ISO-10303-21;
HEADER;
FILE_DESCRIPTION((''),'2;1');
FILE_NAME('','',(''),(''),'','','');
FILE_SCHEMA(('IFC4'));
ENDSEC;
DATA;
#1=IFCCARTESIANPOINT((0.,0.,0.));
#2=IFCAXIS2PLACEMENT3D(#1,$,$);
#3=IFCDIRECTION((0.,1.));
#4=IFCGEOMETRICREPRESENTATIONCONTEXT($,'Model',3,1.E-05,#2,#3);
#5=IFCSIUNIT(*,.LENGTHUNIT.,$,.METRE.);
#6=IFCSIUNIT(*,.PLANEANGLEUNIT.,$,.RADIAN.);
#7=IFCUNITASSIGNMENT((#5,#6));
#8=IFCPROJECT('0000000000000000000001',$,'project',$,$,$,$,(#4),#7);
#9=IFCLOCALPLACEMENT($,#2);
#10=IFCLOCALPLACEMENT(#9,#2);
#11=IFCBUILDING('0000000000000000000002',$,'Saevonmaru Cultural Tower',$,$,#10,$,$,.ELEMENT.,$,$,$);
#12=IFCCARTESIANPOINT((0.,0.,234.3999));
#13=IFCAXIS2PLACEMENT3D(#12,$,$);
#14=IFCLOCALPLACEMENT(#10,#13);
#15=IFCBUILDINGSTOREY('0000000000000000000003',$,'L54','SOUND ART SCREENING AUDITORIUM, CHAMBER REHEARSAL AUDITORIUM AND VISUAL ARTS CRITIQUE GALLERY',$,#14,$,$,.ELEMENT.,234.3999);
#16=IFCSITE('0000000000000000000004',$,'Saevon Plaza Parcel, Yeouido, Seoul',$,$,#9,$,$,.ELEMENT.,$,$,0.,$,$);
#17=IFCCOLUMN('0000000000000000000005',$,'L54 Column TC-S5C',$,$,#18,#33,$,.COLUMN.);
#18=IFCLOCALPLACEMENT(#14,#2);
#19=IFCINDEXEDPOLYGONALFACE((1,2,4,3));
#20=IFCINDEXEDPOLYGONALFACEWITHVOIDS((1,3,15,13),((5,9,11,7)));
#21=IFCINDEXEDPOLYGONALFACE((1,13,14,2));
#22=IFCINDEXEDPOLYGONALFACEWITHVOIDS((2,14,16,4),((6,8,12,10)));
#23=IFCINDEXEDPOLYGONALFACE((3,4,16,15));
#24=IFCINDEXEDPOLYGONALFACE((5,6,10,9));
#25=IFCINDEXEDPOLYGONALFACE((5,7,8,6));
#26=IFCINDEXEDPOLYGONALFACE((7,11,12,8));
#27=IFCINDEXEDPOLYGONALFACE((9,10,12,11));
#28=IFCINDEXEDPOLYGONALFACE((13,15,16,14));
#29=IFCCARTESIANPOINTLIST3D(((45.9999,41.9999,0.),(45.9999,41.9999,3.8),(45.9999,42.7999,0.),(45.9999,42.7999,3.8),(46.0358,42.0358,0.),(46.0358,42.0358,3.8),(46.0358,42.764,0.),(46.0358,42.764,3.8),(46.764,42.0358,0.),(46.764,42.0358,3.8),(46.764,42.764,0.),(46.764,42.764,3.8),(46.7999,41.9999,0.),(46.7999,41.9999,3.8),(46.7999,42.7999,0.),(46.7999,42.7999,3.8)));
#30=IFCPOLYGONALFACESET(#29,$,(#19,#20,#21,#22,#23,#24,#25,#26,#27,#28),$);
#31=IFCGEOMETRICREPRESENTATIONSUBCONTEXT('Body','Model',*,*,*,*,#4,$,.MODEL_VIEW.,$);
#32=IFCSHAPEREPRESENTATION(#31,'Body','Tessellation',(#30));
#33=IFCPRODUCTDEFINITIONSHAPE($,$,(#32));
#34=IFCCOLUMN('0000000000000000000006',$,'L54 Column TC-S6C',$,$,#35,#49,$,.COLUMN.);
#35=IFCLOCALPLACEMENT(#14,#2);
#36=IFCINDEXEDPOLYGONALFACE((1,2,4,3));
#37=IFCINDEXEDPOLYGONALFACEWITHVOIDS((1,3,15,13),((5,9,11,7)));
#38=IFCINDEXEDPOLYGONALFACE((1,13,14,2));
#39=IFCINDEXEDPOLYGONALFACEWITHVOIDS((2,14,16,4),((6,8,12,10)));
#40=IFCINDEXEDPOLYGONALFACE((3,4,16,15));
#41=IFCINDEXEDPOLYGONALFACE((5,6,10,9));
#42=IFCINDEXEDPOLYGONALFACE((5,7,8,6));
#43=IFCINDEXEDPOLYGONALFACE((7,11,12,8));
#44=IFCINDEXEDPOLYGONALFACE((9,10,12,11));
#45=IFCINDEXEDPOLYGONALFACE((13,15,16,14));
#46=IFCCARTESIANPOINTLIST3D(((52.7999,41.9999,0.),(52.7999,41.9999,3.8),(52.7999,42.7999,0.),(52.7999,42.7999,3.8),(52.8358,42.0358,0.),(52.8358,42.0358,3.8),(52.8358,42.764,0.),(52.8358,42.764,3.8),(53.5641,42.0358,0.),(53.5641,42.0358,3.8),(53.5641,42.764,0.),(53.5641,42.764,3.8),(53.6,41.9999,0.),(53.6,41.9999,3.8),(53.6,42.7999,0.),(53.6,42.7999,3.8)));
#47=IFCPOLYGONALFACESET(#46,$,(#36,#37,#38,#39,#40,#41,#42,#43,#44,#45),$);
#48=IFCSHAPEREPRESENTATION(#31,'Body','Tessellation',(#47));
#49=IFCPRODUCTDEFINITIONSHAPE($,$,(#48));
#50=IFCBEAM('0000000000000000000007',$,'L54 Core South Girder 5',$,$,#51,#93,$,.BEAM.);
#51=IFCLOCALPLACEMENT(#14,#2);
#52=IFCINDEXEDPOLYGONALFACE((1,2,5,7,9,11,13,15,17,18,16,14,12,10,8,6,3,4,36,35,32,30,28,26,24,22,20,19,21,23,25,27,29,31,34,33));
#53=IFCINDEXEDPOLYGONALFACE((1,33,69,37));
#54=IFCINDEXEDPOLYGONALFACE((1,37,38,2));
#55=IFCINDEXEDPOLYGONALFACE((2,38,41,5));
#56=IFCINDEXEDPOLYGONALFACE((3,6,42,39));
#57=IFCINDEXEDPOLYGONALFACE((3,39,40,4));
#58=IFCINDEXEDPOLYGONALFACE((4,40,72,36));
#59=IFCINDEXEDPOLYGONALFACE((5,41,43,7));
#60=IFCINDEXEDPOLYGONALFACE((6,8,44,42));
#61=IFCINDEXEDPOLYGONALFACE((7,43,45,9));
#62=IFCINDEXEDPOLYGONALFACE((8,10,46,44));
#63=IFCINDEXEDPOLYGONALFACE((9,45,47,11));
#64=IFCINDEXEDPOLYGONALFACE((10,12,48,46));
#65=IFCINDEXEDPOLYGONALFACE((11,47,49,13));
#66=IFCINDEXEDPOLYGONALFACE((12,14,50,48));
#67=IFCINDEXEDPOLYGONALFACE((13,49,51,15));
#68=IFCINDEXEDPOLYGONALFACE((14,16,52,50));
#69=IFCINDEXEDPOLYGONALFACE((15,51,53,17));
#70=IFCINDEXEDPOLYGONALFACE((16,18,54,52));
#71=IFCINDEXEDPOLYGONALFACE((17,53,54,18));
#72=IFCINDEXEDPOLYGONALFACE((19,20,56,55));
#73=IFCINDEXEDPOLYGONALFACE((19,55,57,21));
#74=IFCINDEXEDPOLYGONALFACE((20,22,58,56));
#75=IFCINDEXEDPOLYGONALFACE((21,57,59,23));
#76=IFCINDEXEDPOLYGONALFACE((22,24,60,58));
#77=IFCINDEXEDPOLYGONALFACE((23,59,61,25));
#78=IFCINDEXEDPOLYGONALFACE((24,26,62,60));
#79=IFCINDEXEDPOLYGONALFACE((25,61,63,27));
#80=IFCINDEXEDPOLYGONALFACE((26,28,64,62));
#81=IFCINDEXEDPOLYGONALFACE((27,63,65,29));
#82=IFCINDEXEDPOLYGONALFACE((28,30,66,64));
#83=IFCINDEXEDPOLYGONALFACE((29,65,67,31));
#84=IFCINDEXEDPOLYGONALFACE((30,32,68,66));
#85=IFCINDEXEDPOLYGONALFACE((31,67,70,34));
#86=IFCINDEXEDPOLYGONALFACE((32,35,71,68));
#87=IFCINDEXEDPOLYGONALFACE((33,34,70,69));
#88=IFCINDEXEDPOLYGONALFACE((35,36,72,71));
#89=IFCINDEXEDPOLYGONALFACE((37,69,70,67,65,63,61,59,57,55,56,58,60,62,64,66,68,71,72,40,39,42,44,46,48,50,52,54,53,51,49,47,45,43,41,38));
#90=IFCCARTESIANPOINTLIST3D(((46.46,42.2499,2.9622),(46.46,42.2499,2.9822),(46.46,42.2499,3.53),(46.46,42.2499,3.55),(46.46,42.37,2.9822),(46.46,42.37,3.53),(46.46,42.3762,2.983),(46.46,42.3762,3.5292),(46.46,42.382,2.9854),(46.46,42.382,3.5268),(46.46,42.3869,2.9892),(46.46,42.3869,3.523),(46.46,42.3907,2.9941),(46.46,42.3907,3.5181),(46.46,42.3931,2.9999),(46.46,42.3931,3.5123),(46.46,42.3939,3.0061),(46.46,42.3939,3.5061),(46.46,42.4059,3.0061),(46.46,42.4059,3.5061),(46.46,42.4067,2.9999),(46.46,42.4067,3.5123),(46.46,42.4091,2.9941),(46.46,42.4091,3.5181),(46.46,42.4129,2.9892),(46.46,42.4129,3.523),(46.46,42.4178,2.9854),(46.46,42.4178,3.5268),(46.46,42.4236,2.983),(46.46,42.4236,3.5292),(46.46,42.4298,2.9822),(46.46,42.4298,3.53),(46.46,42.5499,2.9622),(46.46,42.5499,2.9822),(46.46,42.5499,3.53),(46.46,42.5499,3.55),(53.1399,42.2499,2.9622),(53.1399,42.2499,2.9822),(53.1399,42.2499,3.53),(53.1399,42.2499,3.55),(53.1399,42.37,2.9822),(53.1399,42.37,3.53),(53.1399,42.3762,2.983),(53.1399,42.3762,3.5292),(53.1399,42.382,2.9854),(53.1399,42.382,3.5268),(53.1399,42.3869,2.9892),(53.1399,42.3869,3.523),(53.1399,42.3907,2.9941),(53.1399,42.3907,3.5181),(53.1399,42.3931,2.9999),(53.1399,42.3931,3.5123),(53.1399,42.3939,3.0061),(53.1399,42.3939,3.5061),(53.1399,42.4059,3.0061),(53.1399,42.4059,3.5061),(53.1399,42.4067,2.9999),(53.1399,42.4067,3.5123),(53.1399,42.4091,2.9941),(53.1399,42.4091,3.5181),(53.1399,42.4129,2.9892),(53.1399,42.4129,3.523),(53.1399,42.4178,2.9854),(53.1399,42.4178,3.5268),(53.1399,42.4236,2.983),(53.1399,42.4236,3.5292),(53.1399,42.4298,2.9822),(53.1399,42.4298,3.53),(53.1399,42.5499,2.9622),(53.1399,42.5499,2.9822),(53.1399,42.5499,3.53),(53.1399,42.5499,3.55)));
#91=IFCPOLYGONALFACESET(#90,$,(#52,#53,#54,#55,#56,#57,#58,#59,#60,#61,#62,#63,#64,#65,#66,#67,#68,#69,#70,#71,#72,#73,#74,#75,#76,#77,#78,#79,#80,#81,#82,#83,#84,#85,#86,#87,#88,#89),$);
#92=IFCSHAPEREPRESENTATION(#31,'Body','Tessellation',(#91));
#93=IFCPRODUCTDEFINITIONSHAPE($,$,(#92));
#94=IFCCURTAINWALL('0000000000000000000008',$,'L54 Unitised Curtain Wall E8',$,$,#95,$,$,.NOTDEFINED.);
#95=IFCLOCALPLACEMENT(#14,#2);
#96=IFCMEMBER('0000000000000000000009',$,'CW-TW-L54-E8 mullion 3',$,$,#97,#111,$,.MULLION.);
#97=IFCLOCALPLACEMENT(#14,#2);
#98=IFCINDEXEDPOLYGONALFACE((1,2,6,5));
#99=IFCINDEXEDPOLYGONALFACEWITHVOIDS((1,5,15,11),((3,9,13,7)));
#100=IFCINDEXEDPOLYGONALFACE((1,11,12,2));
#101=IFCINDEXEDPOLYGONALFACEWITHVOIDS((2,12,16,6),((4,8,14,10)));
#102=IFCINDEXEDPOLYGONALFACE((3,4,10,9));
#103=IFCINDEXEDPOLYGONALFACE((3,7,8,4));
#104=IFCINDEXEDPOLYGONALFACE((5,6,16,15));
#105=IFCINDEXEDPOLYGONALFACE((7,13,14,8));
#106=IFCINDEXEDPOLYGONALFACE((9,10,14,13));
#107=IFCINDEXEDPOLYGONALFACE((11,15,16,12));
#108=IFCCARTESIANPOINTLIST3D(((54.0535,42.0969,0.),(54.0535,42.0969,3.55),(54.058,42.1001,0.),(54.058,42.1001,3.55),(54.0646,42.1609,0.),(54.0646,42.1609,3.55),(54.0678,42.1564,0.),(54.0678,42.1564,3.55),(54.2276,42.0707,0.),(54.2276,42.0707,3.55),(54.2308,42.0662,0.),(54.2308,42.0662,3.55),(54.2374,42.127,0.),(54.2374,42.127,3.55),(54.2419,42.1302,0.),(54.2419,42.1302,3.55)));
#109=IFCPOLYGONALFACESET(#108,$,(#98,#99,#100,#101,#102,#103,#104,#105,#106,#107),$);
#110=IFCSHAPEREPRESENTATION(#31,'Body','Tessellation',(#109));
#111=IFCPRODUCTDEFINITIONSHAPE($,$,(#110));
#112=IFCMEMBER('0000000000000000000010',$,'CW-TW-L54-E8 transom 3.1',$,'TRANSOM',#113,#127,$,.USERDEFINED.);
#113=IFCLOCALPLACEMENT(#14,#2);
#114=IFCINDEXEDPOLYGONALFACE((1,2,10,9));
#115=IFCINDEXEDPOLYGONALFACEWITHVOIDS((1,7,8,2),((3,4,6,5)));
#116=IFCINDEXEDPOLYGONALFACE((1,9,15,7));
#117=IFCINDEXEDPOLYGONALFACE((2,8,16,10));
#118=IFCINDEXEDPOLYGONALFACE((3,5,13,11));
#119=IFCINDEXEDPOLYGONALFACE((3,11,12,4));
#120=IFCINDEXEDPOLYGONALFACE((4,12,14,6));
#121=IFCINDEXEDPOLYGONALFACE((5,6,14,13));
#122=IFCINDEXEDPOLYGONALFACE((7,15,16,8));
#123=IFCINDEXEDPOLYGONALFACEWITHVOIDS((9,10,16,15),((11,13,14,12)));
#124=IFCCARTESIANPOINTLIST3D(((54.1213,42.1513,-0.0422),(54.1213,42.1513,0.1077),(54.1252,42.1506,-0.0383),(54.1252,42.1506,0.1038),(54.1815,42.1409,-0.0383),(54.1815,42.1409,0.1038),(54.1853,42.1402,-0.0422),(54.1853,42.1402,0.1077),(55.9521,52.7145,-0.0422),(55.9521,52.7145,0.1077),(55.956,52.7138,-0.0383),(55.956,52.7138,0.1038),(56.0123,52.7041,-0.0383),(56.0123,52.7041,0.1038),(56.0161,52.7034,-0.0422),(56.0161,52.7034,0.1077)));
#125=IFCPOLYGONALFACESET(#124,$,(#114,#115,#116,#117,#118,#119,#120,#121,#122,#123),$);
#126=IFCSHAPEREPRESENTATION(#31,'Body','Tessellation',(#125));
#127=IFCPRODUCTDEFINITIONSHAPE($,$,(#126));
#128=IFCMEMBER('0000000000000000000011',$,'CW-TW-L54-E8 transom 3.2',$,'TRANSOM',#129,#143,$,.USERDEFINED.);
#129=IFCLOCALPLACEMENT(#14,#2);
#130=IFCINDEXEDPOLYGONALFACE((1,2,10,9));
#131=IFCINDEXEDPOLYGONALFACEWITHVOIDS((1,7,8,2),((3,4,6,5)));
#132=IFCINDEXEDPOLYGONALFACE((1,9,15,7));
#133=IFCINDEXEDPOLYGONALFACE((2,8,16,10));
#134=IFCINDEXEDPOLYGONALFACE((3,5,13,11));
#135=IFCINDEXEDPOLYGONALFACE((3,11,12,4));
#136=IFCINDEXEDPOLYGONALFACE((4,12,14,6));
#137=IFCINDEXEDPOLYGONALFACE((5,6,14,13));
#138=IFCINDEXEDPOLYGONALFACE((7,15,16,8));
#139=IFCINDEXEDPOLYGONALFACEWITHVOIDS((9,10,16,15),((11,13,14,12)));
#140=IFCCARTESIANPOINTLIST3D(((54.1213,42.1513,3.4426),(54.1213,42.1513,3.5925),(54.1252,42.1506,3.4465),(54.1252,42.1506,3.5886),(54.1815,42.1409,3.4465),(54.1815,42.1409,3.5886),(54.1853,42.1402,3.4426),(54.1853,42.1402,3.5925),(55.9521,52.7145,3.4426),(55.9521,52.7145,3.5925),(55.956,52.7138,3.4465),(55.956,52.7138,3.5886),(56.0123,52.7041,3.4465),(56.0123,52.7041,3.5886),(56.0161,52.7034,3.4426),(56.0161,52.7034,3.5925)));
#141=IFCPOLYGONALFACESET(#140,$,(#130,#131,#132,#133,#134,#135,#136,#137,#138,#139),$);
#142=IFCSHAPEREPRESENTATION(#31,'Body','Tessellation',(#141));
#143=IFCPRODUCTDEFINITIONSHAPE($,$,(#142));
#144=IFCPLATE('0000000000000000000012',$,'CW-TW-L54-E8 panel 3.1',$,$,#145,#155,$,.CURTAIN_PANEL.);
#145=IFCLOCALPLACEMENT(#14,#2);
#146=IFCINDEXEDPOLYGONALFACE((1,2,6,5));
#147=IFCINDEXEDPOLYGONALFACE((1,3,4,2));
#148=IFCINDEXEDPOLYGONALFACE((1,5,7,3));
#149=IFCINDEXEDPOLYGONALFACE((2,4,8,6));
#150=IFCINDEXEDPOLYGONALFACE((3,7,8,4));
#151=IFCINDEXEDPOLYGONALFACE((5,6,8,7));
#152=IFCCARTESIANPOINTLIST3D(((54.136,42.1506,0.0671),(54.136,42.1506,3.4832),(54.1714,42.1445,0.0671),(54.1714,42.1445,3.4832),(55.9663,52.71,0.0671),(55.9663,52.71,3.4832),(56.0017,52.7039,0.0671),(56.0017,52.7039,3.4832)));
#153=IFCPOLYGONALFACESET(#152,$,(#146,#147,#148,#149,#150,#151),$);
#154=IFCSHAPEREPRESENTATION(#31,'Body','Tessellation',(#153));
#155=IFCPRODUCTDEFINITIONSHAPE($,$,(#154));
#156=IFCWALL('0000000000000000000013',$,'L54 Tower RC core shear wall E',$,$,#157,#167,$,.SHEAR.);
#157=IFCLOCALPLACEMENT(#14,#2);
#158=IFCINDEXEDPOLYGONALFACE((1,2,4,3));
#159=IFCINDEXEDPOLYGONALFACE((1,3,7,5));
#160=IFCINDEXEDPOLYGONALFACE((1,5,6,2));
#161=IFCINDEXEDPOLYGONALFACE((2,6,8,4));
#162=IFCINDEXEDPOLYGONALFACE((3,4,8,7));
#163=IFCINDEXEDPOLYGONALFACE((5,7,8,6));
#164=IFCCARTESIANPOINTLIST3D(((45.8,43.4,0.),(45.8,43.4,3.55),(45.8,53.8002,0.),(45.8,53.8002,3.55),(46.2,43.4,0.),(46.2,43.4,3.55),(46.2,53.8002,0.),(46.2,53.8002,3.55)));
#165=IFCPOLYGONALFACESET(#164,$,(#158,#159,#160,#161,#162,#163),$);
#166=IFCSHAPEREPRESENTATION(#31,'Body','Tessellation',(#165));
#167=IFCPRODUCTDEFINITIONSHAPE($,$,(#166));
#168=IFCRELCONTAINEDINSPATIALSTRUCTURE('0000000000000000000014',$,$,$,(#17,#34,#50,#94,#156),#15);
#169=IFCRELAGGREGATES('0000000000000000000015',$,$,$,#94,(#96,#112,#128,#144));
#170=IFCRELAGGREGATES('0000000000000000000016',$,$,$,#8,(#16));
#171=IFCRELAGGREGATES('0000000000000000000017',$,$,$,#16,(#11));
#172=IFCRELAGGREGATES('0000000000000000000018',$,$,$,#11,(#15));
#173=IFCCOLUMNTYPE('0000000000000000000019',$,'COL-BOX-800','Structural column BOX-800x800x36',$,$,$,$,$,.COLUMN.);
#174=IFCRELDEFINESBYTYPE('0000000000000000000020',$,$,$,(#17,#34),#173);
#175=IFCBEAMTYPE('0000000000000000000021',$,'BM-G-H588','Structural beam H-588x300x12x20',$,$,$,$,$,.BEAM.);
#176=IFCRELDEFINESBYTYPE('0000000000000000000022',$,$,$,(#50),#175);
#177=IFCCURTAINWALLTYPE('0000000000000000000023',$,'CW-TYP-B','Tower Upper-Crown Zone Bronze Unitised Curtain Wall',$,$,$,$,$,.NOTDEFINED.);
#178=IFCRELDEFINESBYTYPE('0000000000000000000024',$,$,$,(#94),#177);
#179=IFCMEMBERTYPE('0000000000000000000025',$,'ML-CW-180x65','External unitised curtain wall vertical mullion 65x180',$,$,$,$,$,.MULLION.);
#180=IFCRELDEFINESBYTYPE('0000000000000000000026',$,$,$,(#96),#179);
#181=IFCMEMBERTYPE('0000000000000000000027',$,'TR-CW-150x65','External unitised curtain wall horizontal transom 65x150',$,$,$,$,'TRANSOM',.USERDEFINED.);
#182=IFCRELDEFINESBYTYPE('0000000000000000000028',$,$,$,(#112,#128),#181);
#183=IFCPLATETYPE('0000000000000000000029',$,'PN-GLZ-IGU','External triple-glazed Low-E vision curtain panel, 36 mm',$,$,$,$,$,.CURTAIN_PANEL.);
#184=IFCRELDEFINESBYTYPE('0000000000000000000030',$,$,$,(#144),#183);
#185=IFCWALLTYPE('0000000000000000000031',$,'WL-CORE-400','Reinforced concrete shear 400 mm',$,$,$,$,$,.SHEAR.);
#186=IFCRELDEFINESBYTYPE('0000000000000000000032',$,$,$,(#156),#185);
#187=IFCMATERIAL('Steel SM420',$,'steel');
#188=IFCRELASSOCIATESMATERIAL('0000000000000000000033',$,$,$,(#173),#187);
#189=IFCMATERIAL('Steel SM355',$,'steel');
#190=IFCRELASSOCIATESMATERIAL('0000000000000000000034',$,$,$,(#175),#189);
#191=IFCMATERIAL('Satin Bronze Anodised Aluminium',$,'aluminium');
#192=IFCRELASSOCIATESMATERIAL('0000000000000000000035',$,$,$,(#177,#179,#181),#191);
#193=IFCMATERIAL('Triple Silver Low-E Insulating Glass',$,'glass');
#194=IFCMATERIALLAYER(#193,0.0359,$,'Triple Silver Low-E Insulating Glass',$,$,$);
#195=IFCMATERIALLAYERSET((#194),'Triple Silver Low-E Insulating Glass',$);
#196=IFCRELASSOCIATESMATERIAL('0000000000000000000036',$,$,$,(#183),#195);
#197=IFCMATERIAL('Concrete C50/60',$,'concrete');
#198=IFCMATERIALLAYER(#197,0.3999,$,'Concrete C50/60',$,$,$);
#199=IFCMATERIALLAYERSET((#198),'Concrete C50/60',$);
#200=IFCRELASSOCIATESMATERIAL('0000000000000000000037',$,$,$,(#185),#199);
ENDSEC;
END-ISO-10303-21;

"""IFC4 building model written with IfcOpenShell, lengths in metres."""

from ifc_helpers import new_model, si_unit, direction, frame, frame_2d, origin, origin_2d, place, context, subcontext, project, spatial, rectangle, hollow_rectangle, i_section, extrude, material, layer, layer_set, material_profile, profile_set, type_object, element, aggregate, save


model = new_model("IFC4")

# Units and contexts
model_context = context("Model", 3, precision=1e-05, world=origin(), true_north=direction((0.0, 1.0)))
body_context = subcontext(model_context, "Body", "Model", "MODEL_VIEW")
ifc_project = project(units=[si_unit("LENGTHUNIT", "METRE"), si_unit("PLANEANGLEUNIT", "RADIAN")], contexts=[model_context])

# Site, building, storey
site_placement = place(None, origin())
site = spatial("IfcSite", under=ifc_project, at=site_placement, Name="Saevon Plaza Parcel, Yeouido, Seoul", CompositionType="ELEMENT", RefElevation=0.0)
building_placement = place(site_placement, origin())
building = spatial("IfcBuilding", under=site, at=building_placement, Name="Saevonmaru Cultural Tower", CompositionType="ELEMENT")
storey_placement = place(building_placement, frame((0.0, 0.0, 234.3999)))
storey = spatial("IfcBuildingStorey", under=building, at=storey_placement, Name="L54", Description="SOUND ART SCREENING AUDITORIUM, CHAMBER REHEARSAL AUDITORIUM AND VISUAL ARTS CRITIQUE GALLERY", CompositionType="ELEMENT", Elevation=234.3999)

# Columns
ifc_material_1 = material(Name="Steel SM420", Category="steel")
ifc_material_profile_1 = material_profile(ifc_material_1, hollow_rectangle(XDim=0.8, YDim=0.8, WallThickness=0.0359, at=origin_2d()), Name="BOX-800x800x36")
ifc_profile_set_1 = profile_set([ifc_material_profile_1], Name="Steel SM420")
column_type = type_object("IfcColumnType", Name="COL-BOX-800", Description="Structural column BOX-800x800x36", PredefinedType="COLUMN", material=ifc_profile_set_1)
for number, where, z_axis, x_axis, name in (
    (1, (46.3999, 42.3999, 0.0), (0.0, 0.0, 1.0), (1.0, 0.0, 0.0), "L54 Column TC-S5C"),
    (2, (53.2, 42.3999, 0.0), (0.0, 0.0, 1.0), (1.0, 0.0, 0.0), "L54 Column TC-S6C"),
):
    element("IfcColumn", number, at=place(storey_placement, frame(where, z_axis=z_axis, x_axis=x_axis)), inside=storey, type_object=column_type, Name=name, PredefinedType="COLUMN", context=body_context, shape_type="SweptSolid", body=[
        extrude(hollow_rectangle(XDim=0.8, YDim=0.8, WallThickness=0.0359, at=origin_2d()), origin(), (0.0, 0.0, 1.0), 3.8),
    ])

# Beam
ifc_material_2 = material(Name="Steel SM355", Category="steel")
ifc_material_profile_2 = material_profile(ifc_material_2, i_section(OverallWidth=0.3, OverallDepth=0.5879, WebThickness=0.012, FlangeThickness=0.02, FilletRadius=0.0239, at=origin_2d()), Name="H-588x300x12x20")
ifc_profile_set_2 = profile_set([ifc_material_profile_2], Name="Steel SM355")
beam_type = type_object("IfcBeamType", Name="BM-G-H588", Description="Structural beam H-588x300x12x20", PredefinedType="BEAM", material=ifc_profile_set_2)
beam_placement = place(storey_placement, frame((46.46, 42.3999, 3.2561), z_axis=(1.0, 0.0, 0.0), x_axis=(0.0, 1.0, 0.0)))
element("IfcBeam", 3, at=beam_placement, inside=storey, type_object=beam_type, Name="L54 Core South Girder 5", PredefinedType="BEAM", context=body_context, shape_type="SweptSolid", body=[
    extrude(i_section(OverallWidth=0.3, OverallDepth=0.5879, WebThickness=0.012, FlangeThickness=0.02, FilletRadius=0.0239, at=origin_2d()), origin(), (0.0, 0.0, 1.0), 6.6799),
])

# Curtain wall, members, plate
ifc_material_3 = material(Name="Satin Bronze Anodised Aluminium", Category="aluminium")
curtain_wall_type = type_object("IfcCurtainWallType", Name="CW-TYP-B", Description="Tower Upper-Crown Zone Bronze Unitised Curtain Wall", PredefinedType="NOTDEFINED", material=ifc_material_3)
curtain_wall_placement = place(storey_placement, origin())
curtain_wall = element("IfcCurtainWall", 4, at=curtain_wall_placement, inside=storey, type_object=curtain_wall_type, Name="L54 Unitised Curtain Wall E8", PredefinedType="NOTDEFINED")
ifc_material_profile_3 = material_profile(ifc_material_3, hollow_rectangle(XDim=0.0649, YDim=0.1799, WallThickness=0.0039, at=origin_2d()), Name="ALU-MULL-180x65x4")
ifc_profile_set_3 = profile_set([ifc_material_profile_3], Name="Satin Bronze Anodised Aluminium")
member_type_1 = type_object("IfcMemberType", Name="ML-CW-180x65", Description="External unitised curtain wall vertical mullion 65x180", PredefinedType="MULLION", material=ifc_profile_set_3)
member_1_placement = place(storey_placement, frame((54.1477, 42.1135, 0.0), z_axis=(0.0, 0.0, 1.0), x_axis=(0.17079, 0.985307, 0.0)))
member_1 = element("IfcMember", 5, at=member_1_placement, type_object=member_type_1, Name="CW-TW-L54-E8 mullion 3", PredefinedType="MULLION", context=body_context, shape_type="SweptSolid", body=[
    extrude(hollow_rectangle(XDim=0.0649, YDim=0.1799, WallThickness=0.0039, at=origin_2d()), origin(), (0.0, 0.0, 1.0), 3.55),
])
ifc_material_profile_4 = material_profile(ifc_material_3, hollow_rectangle(XDim=0.0649, YDim=0.1499, WallThickness=0.0039, at=origin_2d()), Name="ALU-TRAN-150x65x4")
ifc_profile_set_4 = profile_set([ifc_material_profile_4], Name="Satin Bronze Anodised Aluminium")
member_type_2 = type_object("IfcMemberType", Name="TR-CW-150x65", Description="External unitised curtain wall horizontal transom 65x150", ElementType="TRANSOM", PredefinedType="USERDEFINED", material=ifc_profile_set_4)
member_2_placement = place(storey_placement, frame((54.1533, 42.1458, 0.0327), z_axis=(0.170773, 0.98531, 0.0), x_axis=(-0.98531, 0.170773, 0.0)))
member_2 = element("IfcMember", 6, at=member_2_placement, type_object=member_type_2, Name="CW-TW-L54-E8 transom 3.1", ObjectType="TRANSOM", PredefinedType="USERDEFINED", context=body_context, shape_type="SweptSolid", body=[
    extrude(hollow_rectangle(XDim=0.0649, YDim=0.1499, WallThickness=0.0039, at=origin_2d()), origin(), (0.0, 0.0, 1.0), 10.7207),
])
member_3_placement = place(storey_placement, frame((54.1533, 42.1458, 3.5176), z_axis=(0.170773, 0.98531, 0.0), x_axis=(-0.98531, 0.170773, 0.0)))
member_3 = element("IfcMember", 7, at=member_3_placement, type_object=member_type_2, Name="CW-TW-L54-E8 transom 3.2", ObjectType="TRANSOM", PredefinedType="USERDEFINED", context=body_context, shape_type="SweptSolid", body=[
    extrude(hollow_rectangle(XDim=0.0649, YDim=0.1499, WallThickness=0.0039, at=origin_2d()), origin(), (0.0, 0.0, 1.0), 10.7207),
])
ifc_material_4 = material(Name="Triple Silver Low-E Insulating Glass", Category="glass")
ifc_layer_1 = layer(ifc_material_4, 0.0359, Name="Triple Silver Low-E Insulating Glass")
ifc_layer_set_1 = layer_set([ifc_layer_1], Name="Triple Silver Low-E Insulating Glass")
plate_type = type_object("IfcPlateType", Name="PN-GLZ-IGU", Description="External triple-glazed Low-E vision curtain panel, 36 mm", PredefinedType="CURTAIN_PANEL", material=ifc_layer_set_1)
plate_placement = place(storey_placement, frame((55.0688, 47.4272, 0.0671), z_axis=(0.0, 0.0, 1.0), x_axis=(0.17079, 0.985307, 0.0)))
plate = element("IfcPlate", 8, at=plate_placement, type_object=plate_type, Name="CW-TW-L54-E8 panel 3.1", PredefinedType="CURTAIN_PANEL", context=body_context, shape_type="SweptSolid", body=[
    extrude(rectangle(XDim=10.7168, YDim=0.0359, at=origin_2d()), origin(), (0.0, 0.0, 1.0), 3.416),
])
aggregate(curtain_wall, [member_1, member_2, member_3, plate])

# Wall
ifc_material_5 = material(Name="Concrete C50/60", Category="concrete")
ifc_layer_2 = layer(ifc_material_5, 0.3999, Name="Concrete C50/60")
ifc_layer_set_2 = layer_set([ifc_layer_2], Name="Concrete C50/60")
wall_type_1 = type_object("IfcWallType", Name="WL-CORE-400", Description="Reinforced concrete shear 400 mm", PredefinedType="SHEAR", material=ifc_layer_set_2)
wall_1_placement = place(storey_placement, frame((46.0, 43.3999, 0.0), z_axis=(0.0, 0.0, 1.0), x_axis=(0.0, 1.0, 0.0)))
element("IfcWall", 9, at=wall_1_placement, inside=storey, type_object=wall_type_1, Name="L54 Tower RC core shear wall E", PredefinedType="SHEAR", context=body_context, shape_type="SweptSolid", body=[
    extrude(rectangle(XDim=10.4001, YDim=0.3999, at=frame_2d((5.2002, 0.0))), origin(), (0.0, 0.0, 1.0), 3.55),
])

save(model, "model.ifc")
